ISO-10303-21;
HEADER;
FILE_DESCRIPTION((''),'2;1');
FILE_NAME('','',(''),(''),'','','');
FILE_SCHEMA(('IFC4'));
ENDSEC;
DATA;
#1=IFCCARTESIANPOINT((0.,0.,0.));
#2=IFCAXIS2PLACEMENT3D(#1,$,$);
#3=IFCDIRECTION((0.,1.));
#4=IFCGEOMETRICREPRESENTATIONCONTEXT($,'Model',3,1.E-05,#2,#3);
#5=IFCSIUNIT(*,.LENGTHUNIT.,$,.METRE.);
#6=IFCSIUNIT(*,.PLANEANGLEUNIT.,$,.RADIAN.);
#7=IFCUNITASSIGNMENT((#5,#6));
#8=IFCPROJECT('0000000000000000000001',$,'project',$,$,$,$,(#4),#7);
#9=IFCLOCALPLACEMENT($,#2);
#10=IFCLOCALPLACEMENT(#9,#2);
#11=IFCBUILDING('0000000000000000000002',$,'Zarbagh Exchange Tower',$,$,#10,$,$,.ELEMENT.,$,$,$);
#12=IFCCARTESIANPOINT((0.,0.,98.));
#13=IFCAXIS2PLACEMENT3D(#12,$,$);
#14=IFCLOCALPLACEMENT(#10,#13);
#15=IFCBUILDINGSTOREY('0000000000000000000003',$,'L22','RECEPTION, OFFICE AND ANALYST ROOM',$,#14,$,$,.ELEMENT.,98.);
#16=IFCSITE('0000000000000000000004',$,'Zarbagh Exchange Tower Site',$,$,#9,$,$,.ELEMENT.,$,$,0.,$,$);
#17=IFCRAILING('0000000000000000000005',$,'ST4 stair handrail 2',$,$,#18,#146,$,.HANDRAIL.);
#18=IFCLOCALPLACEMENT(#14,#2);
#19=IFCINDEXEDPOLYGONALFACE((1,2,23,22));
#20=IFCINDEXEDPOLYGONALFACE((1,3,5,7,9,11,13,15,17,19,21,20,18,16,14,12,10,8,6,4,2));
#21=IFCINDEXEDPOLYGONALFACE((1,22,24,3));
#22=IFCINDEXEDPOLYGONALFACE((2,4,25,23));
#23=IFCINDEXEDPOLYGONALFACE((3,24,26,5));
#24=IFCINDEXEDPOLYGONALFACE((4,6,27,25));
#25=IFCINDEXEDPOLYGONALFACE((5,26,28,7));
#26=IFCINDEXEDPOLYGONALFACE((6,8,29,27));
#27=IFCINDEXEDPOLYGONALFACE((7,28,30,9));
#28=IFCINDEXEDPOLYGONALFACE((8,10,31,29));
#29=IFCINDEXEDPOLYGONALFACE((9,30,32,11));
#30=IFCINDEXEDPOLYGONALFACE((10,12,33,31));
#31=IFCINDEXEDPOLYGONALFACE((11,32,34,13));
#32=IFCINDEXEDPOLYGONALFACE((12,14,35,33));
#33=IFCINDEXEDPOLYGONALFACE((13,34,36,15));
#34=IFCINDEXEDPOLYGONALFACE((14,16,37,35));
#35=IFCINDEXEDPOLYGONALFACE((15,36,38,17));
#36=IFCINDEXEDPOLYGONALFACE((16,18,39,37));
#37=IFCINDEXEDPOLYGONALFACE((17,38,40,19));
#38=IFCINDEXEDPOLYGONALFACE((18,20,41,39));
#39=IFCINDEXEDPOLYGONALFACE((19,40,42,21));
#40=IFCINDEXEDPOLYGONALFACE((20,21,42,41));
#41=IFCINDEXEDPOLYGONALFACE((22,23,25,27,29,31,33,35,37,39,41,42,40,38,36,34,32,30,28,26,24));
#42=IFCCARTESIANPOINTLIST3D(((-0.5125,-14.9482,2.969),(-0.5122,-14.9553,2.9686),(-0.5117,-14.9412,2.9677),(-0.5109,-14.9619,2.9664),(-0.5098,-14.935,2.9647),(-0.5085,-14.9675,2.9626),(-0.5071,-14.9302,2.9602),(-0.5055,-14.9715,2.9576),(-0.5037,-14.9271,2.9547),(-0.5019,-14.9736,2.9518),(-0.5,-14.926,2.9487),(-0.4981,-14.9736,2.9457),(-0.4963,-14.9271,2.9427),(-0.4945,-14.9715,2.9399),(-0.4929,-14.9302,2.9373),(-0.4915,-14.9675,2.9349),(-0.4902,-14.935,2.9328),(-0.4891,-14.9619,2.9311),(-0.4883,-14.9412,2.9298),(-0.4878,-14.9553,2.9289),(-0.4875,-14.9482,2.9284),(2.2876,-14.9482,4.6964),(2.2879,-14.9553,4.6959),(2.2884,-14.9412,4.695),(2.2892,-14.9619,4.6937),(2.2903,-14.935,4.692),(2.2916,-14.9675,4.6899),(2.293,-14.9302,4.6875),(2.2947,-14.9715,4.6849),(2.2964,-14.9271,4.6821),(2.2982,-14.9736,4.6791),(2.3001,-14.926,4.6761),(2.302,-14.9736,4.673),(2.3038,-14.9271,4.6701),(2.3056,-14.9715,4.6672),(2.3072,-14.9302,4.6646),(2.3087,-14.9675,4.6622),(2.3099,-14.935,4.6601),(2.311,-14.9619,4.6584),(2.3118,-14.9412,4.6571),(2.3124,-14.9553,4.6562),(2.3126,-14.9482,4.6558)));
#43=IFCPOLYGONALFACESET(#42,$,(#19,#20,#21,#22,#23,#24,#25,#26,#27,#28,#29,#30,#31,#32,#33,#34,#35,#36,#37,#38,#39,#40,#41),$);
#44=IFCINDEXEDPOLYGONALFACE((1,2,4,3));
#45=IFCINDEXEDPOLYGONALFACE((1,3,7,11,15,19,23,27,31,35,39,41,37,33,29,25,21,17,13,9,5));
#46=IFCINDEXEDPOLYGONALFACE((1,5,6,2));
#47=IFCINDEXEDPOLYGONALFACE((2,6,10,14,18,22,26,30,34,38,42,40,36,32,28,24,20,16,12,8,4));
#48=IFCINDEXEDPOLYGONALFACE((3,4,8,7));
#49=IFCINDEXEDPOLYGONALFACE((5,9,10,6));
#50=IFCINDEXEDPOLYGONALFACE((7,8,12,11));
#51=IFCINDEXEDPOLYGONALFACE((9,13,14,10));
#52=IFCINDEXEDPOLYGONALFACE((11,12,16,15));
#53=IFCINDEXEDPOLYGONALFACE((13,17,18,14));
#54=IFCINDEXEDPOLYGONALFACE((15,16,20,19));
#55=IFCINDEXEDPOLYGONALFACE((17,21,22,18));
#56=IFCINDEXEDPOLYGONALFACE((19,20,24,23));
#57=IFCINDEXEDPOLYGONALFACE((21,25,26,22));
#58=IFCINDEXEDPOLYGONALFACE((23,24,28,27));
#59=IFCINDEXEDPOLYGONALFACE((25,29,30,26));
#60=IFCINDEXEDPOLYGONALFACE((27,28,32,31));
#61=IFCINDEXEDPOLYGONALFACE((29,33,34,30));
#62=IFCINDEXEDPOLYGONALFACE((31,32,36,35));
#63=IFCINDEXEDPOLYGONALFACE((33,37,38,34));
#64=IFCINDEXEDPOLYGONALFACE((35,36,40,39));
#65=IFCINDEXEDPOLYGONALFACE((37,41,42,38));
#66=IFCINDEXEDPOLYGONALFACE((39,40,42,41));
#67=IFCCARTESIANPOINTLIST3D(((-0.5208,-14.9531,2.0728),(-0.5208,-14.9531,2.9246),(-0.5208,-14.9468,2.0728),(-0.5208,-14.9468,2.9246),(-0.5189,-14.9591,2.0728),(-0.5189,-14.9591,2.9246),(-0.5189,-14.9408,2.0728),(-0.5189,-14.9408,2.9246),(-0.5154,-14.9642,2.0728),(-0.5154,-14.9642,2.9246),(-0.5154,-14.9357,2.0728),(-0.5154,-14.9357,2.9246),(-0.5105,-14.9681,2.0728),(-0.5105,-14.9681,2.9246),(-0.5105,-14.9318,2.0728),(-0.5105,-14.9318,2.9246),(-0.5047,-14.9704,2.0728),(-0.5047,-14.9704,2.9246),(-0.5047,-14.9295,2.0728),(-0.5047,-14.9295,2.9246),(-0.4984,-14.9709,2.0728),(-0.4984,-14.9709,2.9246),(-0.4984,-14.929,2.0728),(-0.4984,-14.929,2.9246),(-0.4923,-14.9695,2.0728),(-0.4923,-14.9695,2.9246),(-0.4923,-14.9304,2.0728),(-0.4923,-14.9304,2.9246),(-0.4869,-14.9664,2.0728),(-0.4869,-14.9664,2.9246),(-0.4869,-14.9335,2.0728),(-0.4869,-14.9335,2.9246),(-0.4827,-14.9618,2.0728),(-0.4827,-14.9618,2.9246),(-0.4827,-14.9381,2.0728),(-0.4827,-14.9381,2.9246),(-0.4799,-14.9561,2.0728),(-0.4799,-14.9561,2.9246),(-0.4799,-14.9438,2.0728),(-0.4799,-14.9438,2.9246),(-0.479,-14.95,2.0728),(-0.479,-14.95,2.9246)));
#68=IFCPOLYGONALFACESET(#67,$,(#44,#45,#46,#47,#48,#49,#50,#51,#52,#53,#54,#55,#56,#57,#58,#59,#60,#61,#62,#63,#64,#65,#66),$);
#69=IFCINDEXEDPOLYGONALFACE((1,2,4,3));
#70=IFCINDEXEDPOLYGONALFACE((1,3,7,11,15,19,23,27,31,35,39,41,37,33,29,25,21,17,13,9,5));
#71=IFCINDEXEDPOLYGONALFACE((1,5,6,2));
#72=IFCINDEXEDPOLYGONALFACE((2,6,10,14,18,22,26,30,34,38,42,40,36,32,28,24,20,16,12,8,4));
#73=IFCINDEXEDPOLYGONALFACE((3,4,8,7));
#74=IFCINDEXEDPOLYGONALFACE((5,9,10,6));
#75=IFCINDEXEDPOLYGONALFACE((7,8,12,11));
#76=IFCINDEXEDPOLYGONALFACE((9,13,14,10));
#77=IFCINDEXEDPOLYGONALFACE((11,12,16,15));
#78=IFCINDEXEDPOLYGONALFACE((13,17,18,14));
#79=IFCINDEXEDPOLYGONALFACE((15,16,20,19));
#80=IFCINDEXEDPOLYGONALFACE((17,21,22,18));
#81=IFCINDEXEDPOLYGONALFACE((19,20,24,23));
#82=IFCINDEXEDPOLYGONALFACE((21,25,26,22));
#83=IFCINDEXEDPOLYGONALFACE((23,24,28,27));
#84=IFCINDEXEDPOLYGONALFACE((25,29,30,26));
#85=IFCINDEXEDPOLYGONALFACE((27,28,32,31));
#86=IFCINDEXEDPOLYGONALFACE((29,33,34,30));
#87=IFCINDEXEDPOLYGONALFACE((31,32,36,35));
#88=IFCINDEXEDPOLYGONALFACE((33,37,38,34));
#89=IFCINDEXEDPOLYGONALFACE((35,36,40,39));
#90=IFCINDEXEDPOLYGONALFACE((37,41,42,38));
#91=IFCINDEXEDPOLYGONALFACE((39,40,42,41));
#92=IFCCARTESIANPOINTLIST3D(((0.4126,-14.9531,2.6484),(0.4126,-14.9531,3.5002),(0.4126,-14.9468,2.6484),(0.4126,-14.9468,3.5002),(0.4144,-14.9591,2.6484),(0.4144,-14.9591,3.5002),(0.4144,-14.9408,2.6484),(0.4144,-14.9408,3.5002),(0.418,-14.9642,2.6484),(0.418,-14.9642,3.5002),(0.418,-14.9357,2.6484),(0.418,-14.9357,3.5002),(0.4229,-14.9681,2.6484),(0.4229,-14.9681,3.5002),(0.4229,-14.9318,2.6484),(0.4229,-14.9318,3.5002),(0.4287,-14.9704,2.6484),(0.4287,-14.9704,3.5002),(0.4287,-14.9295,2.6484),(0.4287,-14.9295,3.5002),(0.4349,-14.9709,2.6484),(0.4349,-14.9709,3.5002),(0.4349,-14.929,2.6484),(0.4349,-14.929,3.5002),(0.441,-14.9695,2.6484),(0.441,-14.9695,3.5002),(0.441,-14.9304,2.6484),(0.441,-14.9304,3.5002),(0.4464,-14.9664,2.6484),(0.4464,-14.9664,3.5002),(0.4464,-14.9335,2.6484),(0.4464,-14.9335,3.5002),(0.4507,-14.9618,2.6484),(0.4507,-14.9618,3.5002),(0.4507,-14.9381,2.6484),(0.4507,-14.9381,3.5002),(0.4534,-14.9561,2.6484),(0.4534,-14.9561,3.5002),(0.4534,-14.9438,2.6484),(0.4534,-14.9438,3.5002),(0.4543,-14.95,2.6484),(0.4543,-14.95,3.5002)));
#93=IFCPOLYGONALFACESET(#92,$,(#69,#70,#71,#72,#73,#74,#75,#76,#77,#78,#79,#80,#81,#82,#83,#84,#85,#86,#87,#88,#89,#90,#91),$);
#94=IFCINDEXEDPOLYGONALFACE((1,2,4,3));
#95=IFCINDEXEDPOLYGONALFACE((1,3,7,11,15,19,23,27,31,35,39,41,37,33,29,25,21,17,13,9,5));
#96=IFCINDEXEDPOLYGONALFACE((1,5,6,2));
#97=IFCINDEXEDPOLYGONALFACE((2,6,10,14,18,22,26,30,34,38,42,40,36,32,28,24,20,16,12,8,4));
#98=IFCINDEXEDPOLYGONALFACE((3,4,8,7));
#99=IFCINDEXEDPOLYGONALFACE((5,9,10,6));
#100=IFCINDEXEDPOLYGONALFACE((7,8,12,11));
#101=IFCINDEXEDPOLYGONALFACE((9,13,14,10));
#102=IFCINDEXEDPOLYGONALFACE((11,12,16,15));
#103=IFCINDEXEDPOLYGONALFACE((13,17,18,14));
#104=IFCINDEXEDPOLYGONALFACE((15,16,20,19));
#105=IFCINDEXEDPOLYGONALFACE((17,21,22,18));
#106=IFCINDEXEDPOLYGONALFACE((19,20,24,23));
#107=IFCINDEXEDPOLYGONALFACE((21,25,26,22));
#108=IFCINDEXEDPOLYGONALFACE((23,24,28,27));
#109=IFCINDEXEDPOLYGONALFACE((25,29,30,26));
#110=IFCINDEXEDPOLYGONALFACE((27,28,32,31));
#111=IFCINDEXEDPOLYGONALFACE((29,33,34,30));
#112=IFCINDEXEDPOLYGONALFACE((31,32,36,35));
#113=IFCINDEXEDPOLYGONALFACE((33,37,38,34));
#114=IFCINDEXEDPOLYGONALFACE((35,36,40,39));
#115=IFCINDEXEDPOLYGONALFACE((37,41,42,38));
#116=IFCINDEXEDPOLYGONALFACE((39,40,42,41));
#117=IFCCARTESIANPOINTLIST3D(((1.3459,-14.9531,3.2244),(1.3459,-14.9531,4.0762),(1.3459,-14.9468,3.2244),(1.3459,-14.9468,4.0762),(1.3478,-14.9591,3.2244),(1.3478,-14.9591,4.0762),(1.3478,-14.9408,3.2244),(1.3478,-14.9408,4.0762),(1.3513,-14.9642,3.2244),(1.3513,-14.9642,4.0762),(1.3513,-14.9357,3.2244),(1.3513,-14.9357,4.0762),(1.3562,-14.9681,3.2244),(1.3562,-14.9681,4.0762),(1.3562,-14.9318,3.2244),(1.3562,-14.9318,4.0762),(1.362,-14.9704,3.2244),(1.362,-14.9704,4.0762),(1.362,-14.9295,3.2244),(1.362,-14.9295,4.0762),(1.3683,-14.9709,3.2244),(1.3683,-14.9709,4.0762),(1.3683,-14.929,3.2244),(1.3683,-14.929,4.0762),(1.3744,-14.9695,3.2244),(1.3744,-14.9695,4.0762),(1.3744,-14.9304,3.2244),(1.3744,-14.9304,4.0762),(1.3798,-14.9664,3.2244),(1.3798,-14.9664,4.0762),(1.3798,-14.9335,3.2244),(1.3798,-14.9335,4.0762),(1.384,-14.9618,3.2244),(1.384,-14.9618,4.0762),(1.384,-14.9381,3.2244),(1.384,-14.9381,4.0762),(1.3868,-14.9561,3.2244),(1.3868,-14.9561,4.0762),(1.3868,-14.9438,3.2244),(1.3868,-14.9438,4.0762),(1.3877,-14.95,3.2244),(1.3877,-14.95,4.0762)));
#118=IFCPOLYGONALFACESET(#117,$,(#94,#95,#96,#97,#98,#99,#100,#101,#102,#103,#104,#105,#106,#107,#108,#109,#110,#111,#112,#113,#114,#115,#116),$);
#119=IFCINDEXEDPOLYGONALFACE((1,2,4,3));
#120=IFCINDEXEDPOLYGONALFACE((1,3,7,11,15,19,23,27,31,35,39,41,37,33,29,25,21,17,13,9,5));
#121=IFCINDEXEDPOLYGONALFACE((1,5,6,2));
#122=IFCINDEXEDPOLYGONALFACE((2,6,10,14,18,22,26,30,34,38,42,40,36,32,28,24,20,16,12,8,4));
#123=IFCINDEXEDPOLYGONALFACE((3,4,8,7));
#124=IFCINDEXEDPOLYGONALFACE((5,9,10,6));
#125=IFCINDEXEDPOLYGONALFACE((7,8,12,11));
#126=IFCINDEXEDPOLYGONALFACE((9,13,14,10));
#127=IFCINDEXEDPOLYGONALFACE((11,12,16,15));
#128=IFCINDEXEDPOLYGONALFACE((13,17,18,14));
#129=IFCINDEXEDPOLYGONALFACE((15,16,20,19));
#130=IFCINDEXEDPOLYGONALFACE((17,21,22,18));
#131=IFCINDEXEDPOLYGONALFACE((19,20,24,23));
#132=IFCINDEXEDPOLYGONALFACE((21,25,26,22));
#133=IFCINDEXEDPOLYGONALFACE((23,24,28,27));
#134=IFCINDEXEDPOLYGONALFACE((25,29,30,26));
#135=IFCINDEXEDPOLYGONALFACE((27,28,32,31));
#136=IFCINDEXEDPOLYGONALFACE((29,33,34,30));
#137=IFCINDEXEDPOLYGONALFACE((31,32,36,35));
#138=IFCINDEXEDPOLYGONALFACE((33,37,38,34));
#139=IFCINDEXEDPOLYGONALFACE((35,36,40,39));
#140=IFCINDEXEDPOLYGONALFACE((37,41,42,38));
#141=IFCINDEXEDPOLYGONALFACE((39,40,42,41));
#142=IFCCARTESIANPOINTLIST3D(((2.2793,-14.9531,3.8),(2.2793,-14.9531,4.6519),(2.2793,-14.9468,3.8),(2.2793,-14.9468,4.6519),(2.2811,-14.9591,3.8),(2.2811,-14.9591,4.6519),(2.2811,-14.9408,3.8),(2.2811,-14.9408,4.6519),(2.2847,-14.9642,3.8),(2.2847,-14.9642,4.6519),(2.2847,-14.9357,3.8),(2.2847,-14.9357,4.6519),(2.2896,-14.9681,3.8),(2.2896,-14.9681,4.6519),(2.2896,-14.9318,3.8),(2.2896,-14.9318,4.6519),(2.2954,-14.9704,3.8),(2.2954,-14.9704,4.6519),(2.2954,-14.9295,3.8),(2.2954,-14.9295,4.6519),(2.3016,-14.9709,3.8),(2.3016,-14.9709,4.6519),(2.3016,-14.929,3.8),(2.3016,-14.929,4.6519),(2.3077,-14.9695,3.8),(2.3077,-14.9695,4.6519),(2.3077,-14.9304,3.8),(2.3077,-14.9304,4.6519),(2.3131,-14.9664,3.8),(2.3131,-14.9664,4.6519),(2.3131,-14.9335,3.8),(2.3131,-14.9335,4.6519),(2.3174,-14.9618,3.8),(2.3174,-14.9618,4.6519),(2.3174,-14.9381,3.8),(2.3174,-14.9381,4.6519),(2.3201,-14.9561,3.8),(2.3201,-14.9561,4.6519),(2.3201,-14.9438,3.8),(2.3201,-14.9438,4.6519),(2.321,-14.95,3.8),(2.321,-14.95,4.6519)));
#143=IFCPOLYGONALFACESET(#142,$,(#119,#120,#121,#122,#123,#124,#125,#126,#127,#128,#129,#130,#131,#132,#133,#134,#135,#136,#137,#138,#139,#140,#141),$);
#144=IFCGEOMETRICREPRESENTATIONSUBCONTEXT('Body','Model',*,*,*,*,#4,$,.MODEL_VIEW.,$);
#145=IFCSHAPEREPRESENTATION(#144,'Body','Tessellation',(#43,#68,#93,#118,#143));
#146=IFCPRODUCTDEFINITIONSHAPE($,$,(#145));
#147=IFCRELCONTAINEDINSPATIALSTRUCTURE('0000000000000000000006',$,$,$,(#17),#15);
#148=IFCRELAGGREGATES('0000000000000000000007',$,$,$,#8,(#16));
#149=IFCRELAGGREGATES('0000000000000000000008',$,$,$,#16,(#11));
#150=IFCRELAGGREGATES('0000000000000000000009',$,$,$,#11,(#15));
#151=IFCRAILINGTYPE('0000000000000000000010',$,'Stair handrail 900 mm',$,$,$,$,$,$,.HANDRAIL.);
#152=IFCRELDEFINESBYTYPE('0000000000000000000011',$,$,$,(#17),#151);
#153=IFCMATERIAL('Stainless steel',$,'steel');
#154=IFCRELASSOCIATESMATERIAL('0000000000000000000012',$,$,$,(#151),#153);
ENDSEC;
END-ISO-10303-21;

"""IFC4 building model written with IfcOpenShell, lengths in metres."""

from ifc_helpers import new_model, si_unit, direction, frame, origin, origin_2d, place, context, subcontext, project, spatial, circle, extrude, material, type_object, element, save


model = new_model("IFC4")

# Units and contexts
model_context = context("Model", 3, precision=1e-05, world=origin(), true_north=direction((0.0, 1.0)))
body_context = subcontext(model_context, "Body", "Model", "MODEL_VIEW")
ifc_project = project(units=[si_unit("LENGTHUNIT", "METRE"), si_unit("PLANEANGLEUNIT", "RADIAN")], contexts=[model_context])

# Site, building, storey
site_placement = place(None, origin())
site = spatial("IfcSite", under=ifc_project, at=site_placement, Name="Zarbagh Exchange Tower Site", CompositionType="ELEMENT", RefElevation=0.0)
building_placement = place(site_placement, origin())
building = spatial("IfcBuilding", under=site, at=building_placement, Name="Zarbagh Exchange Tower", CompositionType="ELEMENT")
storey_placement = place(building_placement, frame((0.0, 0.0, 98.0)))
storey = spatial("IfcBuildingStorey", under=building, at=storey_placement, Name="L22", Description="RECEPTION, OFFICE AND ANALYST ROOM", CompositionType="ELEMENT", Elevation=98.0)

# Shared definitions
ifc_material_1 = material(Name="Stainless steel", Category="steel")

# Railing
railing_type = type_object("IfcRailingType", Name="Stair handrail 900 mm", PredefinedType="HANDRAIL", material=ifc_material_1)
for number, where, name in (
    (1, (-0.5, -14.95, 2.0728), "ST4 stair handrail 2"),
):
    element("IfcRailing", number, at=place(storey_placement, frame(where)), inside=storey, type_object=railing_type, Name=name, PredefinedType="HANDRAIL", context=body_context, shape_type="SweptSolid", body=[
        extrude(circle(Radius=0.0239, at=origin_2d()), frame((0.0, 0.0, 0.876), z_axis=(0.85109, 0.0, 0.52502), x_axis=(0.0, 1.0, 0.0)), (0.0, 0.0, 1.0), 3.29),
        extrude(circle(Radius=0.021, at=origin_2d()), origin(), (0.0, 0.0, 1.0), 0.8518),
        extrude(circle(Radius=0.021, at=origin_2d()), frame((0.9333, 0.0, 0.5757)), (0.0, 0.0, 1.0), 0.8518),
        extrude(circle(Radius=0.021, at=origin_2d()), frame((1.8667, 0.0, 1.1516)), (0.0, 0.0, 1.0), 0.8518),
        extrude(circle(Radius=0.021, at=origin_2d()), frame((2.8, 0.0, 1.7273)), (0.0, 0.0, 1.0), 0.8518),
    ])

save(model, "model.ifc")
